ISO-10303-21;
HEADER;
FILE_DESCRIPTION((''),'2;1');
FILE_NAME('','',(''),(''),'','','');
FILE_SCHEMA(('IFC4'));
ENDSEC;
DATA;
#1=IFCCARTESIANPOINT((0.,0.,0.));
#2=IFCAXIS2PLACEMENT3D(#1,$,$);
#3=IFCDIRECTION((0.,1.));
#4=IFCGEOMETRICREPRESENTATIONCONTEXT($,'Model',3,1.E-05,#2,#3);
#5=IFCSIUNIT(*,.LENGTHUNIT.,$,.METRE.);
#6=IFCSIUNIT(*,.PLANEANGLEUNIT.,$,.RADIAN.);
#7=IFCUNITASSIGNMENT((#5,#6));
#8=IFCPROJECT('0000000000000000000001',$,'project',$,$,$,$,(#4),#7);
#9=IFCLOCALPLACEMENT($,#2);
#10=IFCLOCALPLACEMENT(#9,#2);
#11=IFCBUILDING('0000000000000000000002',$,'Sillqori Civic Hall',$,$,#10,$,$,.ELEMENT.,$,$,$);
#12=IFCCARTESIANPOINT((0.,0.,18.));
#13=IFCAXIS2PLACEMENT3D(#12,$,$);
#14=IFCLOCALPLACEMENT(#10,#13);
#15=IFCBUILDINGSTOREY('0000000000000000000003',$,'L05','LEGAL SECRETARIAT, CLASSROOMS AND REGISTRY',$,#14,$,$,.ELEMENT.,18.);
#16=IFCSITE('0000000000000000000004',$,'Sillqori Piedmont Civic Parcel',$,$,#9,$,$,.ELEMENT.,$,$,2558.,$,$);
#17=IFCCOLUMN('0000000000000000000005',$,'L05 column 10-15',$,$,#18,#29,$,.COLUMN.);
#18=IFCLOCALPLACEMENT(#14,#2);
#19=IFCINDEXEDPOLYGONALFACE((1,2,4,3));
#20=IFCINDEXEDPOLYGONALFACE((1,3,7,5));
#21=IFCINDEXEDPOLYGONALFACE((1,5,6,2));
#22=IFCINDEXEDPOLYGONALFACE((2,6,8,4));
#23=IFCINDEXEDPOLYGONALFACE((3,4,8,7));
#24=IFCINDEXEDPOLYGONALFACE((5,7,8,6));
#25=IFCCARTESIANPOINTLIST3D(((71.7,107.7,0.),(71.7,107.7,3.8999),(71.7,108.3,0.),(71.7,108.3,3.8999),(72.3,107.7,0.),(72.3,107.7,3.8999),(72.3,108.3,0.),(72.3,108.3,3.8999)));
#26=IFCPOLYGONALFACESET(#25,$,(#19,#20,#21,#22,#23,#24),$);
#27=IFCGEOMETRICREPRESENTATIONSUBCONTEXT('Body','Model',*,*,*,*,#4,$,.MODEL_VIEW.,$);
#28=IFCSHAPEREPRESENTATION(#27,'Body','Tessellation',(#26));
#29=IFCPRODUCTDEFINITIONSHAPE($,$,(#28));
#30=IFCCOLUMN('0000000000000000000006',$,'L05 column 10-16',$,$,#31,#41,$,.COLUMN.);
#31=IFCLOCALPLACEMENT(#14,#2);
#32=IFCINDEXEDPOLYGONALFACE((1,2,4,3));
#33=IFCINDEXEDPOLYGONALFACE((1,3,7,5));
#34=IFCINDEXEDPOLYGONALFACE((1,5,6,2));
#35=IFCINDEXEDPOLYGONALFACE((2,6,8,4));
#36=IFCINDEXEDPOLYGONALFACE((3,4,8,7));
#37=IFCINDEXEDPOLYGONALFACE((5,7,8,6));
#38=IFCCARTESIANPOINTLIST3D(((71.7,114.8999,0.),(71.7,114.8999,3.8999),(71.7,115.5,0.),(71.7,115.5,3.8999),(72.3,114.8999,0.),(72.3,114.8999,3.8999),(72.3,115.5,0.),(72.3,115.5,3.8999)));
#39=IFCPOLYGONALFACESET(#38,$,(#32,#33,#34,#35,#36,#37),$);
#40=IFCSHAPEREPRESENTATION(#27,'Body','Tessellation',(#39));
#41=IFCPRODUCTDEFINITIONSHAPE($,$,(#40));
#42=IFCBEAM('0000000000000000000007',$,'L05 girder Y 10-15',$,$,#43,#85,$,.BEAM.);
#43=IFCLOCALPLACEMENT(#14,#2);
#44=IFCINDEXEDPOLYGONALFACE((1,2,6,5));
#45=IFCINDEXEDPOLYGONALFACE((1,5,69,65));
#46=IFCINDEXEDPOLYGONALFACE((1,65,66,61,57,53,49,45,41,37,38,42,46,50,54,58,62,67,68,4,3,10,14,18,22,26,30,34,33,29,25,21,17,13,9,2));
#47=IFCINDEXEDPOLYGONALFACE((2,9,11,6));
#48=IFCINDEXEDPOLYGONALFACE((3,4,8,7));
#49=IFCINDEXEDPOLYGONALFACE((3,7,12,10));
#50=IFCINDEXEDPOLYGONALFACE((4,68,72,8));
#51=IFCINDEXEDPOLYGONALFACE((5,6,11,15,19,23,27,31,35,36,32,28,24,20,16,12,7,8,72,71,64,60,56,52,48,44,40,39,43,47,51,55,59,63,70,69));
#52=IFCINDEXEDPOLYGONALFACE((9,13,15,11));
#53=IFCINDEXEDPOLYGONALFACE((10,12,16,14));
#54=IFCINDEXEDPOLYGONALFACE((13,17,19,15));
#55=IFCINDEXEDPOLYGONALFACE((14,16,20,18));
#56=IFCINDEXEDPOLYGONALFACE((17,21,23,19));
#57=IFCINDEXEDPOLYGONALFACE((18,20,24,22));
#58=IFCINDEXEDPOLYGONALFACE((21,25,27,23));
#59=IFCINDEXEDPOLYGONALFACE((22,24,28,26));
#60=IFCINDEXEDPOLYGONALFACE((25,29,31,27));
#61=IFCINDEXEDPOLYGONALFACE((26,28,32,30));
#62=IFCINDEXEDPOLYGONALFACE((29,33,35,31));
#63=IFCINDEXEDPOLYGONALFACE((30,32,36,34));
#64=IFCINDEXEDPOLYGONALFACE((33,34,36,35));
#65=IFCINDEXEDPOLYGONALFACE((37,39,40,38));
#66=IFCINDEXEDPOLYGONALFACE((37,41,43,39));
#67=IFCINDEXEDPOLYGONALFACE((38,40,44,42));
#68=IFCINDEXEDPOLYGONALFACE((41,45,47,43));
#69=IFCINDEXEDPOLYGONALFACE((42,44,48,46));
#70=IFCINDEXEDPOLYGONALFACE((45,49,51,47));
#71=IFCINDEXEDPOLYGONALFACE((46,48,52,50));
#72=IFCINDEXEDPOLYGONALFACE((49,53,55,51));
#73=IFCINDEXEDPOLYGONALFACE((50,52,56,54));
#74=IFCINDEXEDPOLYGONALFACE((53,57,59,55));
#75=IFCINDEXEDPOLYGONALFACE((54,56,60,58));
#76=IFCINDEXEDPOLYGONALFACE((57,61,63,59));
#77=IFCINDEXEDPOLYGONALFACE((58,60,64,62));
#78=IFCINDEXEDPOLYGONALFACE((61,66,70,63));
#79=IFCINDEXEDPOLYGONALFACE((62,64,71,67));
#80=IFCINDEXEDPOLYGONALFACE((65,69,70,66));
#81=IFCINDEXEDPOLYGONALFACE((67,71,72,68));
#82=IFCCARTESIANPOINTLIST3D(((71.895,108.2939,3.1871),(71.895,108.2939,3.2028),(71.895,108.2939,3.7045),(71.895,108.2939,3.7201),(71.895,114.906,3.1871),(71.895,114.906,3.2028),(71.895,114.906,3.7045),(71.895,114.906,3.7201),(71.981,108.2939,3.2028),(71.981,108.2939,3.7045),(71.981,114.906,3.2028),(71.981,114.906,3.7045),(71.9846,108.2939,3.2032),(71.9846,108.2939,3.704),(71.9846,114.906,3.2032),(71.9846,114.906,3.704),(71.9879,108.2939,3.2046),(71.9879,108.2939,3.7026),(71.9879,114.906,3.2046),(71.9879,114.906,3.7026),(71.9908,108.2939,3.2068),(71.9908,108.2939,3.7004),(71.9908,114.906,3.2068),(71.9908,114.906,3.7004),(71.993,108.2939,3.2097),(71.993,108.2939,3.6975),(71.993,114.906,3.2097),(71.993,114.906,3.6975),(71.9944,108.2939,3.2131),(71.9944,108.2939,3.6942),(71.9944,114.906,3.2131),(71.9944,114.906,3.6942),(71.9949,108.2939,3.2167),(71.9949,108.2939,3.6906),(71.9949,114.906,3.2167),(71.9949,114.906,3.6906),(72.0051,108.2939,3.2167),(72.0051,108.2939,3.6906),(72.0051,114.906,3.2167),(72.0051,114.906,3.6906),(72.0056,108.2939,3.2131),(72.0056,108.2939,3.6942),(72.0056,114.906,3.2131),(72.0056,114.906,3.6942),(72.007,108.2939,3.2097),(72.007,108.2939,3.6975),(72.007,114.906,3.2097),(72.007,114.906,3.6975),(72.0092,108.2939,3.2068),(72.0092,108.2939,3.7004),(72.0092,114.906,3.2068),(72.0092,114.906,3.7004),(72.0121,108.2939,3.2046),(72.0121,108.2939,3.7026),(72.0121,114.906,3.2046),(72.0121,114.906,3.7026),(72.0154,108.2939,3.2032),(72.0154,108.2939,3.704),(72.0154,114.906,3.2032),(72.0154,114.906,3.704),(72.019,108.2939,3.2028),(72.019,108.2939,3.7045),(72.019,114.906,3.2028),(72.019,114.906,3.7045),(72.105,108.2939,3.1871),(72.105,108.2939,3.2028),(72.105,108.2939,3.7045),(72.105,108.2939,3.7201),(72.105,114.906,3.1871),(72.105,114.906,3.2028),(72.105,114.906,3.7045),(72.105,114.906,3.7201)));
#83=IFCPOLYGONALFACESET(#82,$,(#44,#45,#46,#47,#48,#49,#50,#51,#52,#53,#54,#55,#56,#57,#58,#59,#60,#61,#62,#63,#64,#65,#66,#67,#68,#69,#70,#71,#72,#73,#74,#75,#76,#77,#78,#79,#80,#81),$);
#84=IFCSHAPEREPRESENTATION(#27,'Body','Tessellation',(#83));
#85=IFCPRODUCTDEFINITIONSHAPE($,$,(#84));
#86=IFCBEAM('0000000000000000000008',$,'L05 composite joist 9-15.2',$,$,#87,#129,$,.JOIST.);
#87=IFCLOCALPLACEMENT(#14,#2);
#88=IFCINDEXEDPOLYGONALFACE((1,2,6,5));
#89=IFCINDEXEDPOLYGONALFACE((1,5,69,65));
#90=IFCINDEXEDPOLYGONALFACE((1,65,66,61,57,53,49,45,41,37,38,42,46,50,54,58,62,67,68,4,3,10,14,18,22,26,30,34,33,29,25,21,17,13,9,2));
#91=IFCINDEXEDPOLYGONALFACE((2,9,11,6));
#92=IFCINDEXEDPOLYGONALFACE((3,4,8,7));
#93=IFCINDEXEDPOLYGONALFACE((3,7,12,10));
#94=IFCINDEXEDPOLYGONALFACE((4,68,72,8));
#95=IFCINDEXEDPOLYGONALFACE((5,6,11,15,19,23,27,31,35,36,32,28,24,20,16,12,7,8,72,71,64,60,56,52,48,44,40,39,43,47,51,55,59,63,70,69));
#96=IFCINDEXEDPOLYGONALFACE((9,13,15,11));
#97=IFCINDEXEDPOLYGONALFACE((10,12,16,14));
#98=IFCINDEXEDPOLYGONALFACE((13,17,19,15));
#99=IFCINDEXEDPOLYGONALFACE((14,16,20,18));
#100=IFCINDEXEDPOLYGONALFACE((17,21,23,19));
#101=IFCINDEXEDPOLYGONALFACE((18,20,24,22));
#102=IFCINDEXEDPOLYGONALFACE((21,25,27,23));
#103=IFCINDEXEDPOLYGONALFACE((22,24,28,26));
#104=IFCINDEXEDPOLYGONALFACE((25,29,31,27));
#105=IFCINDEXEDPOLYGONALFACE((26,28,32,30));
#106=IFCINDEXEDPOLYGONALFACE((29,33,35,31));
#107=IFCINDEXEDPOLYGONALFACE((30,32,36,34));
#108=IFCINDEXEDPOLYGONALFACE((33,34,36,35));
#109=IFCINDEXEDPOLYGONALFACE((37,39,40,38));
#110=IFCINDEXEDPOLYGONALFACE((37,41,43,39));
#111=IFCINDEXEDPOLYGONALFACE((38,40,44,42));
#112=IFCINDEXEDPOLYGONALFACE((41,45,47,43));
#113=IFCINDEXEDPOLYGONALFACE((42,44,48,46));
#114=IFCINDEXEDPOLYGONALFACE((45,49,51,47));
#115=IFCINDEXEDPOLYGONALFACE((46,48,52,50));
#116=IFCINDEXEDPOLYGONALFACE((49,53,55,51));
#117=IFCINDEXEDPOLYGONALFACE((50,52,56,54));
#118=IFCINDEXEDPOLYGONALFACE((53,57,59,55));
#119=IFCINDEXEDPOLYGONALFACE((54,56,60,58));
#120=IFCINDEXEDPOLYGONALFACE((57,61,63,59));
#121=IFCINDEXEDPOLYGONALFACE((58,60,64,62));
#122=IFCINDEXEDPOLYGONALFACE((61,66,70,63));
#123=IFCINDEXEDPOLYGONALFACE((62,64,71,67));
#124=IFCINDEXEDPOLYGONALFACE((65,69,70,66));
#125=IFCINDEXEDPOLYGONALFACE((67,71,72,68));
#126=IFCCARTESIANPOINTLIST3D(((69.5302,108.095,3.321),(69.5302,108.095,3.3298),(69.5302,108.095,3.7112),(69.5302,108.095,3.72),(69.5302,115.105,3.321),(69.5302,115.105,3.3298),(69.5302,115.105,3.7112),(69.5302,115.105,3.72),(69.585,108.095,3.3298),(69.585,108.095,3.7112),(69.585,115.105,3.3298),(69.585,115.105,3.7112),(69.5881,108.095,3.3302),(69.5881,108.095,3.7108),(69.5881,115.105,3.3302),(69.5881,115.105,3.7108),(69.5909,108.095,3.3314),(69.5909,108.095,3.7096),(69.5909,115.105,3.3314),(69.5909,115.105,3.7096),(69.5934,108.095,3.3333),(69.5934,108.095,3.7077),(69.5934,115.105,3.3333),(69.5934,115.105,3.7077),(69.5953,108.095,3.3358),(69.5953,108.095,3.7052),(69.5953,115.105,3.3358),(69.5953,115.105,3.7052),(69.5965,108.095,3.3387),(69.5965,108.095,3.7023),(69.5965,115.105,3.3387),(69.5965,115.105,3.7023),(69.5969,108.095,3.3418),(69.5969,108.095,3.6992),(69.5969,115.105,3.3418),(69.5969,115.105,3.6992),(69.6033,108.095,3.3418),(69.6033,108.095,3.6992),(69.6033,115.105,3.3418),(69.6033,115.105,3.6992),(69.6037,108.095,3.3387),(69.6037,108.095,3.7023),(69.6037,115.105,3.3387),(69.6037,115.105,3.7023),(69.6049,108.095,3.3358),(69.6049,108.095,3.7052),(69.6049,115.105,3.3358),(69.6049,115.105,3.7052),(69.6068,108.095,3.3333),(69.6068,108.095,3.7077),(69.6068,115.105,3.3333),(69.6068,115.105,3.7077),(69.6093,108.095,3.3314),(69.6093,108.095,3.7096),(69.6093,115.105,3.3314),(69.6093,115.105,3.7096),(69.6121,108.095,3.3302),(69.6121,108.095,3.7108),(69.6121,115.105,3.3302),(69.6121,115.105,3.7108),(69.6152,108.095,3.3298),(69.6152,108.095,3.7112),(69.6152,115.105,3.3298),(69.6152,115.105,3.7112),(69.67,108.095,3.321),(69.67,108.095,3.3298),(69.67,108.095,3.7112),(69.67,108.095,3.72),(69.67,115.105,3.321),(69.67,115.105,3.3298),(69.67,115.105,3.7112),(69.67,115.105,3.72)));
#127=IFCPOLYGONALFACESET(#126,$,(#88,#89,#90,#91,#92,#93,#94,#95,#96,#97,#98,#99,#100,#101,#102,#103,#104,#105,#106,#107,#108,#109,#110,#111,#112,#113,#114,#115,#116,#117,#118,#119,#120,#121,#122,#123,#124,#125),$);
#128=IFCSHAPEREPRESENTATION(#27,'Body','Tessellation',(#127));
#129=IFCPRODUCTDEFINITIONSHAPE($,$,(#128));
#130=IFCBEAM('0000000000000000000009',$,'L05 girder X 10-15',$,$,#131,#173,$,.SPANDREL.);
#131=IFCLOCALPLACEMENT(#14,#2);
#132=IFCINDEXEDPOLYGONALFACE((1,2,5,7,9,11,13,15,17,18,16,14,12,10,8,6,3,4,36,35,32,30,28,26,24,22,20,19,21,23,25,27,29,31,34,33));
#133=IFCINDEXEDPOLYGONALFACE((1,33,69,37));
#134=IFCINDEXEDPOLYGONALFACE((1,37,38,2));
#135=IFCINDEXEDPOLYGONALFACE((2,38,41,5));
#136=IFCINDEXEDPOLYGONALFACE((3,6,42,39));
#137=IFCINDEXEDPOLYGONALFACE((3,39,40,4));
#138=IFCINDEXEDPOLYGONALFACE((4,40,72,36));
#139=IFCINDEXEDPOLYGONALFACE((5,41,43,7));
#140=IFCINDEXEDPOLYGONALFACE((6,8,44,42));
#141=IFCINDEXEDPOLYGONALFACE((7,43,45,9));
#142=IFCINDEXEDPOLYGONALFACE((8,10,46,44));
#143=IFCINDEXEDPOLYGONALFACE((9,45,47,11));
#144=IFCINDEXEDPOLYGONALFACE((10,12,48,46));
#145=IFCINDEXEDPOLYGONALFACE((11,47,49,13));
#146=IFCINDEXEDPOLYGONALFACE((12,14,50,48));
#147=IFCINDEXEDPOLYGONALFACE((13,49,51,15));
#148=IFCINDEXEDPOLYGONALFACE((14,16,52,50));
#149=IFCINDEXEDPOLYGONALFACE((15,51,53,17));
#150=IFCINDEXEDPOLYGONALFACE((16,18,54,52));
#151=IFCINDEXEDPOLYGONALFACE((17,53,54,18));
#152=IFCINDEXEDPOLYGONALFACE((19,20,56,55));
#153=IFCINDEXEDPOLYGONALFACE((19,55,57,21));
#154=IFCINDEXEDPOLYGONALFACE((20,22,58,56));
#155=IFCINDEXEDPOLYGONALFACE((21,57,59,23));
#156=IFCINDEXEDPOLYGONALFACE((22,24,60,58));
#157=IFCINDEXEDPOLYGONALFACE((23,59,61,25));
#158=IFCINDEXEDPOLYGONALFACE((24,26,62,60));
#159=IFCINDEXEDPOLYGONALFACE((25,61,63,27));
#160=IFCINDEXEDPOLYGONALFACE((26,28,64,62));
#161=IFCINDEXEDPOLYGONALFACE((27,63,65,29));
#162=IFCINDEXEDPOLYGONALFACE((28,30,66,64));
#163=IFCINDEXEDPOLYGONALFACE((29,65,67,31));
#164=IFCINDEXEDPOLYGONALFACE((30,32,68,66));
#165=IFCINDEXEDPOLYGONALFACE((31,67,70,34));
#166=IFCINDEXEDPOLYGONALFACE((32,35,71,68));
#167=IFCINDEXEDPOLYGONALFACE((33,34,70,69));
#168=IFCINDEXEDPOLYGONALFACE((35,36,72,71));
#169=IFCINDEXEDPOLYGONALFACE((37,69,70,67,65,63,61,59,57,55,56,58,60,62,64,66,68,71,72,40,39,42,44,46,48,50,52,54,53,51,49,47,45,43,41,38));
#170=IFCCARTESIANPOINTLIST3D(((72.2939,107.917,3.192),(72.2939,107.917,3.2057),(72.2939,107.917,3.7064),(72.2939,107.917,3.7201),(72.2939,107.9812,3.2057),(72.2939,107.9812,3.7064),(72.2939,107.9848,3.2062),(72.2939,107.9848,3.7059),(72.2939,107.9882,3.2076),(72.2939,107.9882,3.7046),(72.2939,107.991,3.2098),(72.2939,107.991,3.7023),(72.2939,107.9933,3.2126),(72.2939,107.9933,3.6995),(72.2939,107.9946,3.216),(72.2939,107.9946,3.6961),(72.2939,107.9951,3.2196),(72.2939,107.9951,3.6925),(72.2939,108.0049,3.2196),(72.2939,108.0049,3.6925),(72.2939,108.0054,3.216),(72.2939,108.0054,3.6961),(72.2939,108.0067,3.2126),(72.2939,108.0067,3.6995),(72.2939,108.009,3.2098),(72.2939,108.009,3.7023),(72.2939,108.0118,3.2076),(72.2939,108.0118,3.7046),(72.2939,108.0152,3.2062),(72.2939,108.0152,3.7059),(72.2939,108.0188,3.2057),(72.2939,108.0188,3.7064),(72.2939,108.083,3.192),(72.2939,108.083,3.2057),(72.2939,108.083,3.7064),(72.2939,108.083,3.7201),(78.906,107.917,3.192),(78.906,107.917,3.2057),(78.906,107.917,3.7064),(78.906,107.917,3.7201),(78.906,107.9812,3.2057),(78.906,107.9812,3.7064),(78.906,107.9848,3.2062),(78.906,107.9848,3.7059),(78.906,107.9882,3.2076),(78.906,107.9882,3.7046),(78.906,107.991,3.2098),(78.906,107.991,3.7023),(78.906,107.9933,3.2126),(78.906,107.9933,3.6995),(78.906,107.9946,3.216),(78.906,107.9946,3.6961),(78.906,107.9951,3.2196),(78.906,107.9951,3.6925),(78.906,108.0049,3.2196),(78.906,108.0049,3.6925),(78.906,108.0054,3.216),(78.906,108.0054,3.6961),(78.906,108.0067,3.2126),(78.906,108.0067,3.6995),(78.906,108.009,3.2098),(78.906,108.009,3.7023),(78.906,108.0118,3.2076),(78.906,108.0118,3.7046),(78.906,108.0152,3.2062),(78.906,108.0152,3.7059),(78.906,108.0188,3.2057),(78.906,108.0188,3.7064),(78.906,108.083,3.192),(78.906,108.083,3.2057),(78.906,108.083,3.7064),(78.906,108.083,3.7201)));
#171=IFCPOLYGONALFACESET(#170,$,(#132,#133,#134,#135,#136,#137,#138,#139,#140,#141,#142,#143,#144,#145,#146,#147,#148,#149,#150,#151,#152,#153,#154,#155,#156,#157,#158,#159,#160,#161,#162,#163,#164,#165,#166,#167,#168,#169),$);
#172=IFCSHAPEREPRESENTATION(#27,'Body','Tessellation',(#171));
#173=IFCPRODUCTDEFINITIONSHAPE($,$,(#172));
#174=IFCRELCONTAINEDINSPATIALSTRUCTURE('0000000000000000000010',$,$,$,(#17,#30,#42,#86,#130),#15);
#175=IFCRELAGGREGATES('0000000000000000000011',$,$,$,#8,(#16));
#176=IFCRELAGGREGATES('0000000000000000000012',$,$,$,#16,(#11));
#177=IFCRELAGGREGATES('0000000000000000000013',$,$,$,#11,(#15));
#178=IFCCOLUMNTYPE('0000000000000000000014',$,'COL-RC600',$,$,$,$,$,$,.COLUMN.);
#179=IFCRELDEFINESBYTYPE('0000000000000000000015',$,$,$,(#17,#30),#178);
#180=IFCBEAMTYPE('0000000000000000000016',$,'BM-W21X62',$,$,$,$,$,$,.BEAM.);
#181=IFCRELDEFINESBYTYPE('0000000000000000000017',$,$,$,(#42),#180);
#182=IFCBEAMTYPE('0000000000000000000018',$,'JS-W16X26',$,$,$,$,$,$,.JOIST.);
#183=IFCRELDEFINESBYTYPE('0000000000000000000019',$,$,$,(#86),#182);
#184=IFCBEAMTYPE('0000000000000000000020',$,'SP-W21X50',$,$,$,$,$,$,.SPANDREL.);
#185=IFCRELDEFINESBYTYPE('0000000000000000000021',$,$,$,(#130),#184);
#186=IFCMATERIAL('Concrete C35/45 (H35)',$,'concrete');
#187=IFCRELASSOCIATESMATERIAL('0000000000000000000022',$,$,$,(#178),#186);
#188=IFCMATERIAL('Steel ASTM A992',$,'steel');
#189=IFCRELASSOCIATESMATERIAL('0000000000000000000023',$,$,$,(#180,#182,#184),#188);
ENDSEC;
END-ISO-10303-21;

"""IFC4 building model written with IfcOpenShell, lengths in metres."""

from ifc_helpers import new_model, si_unit, direction, frame, origin, origin_2d, place, context, subcontext, project, spatial, rectangle, i_section, extrude, material, material_profile, profile_set, type_object, element, save


model = new_model("IFC4")

# Units and contexts
model_context = context("Model", 3, precision=1e-05, world=origin(), true_north=direction((0.0, 1.0)))
body_context = subcontext(model_context, "Body", "Model", "MODEL_VIEW")
ifc_project = project(units=[si_unit("LENGTHUNIT", "METRE"), si_unit("PLANEANGLEUNIT", "RADIAN")], contexts=[model_context])

# Site, building, storey
site_placement = place(None, origin())
site = spatial("IfcSite", under=ifc_project, at=site_placement, Name="Sillqori Piedmont Civic Parcel", CompositionType="ELEMENT", RefElevation=2558.0)
building_placement = place(site_placement, origin())
building = spatial("IfcBuilding", under=site, at=building_placement, Name="Sillqori Civic Hall", CompositionType="ELEMENT")
storey_placement = place(building_placement, frame((0.0, 0.0, 18.0)))
storey = spatial("IfcBuildingStorey", under=building, at=storey_placement, Name="L05", Description="LEGAL SECRETARIAT, CLASSROOMS AND REGISTRY", CompositionType="ELEMENT", Elevation=18.0)

# Columns
ifc_material_1 = material(Name="Concrete C35/45 (H35)", Category="concrete")
ifc_material_profile_1 = material_profile(ifc_material_1, rectangle(XDim=0.6001, YDim=0.6001, at=origin_2d()), Name="RC 600x600")
ifc_profile_set_1 = profile_set([ifc_material_profile_1], Name="Concrete C35/45 (H35)")
column_type = type_object("IfcColumnType", Name="COL-RC600", PredefinedType="COLUMN", material=ifc_profile_set_1)
for number, where, z_axis, x_axis, name in (
    (1, (72.0, 108.0, 0.0), (0.0, 0.0, 1.0), (1.0, 0.0, 0.0), "L05 column 10-15"),
    (2, (72.0, 115.2, 0.0), (0.0, 0.0, 1.0), (1.0, 0.0, 0.0), "L05 column 10-16"),
):
    element("IfcColumn", number, at=place(storey_placement, frame(where, z_axis=z_axis, x_axis=x_axis)), inside=storey, type_object=column_type, Name=name, PredefinedType="COLUMN", context=body_context, shape_type="SweptSolid", body=[
        extrude(rectangle(XDim=0.6001, YDim=0.6001, at=origin_2d()), origin(), (0.0, 0.0, 1.0), 3.8999),
    ])

# Beam
ifc_material_2 = material(Name="Steel ASTM A992", Category="steel")
ifc_material_profile_2 = material_profile(ifc_material_2, i_section(OverallWidth=0.21, OverallDepth=0.533, WebThickness=0.0103, FlangeThickness=0.0156, FilletRadius=0.0139, at=origin_2d()), Name="W21X62")
ifc_profile_set_2 = profile_set([ifc_material_profile_2], Name="Steel ASTM A992")
beam_type_1 = type_object("IfcBeamType", Name="BM-W21X62", PredefinedType="BEAM", material=ifc_profile_set_2)
beam_1_placement = place(storey_placement, frame((72.0, 108.2939, 3.4536), z_axis=(0.0, 1.0, 0.0), x_axis=(-1.0, 0.0, 0.0)))
element("IfcBeam", 3, at=beam_1_placement, inside=storey, type_object=beam_type_1, Name="L05 girder Y 10-15", PredefinedType="BEAM", context=body_context, shape_type="SweptSolid", body=[
    extrude(i_section(OverallWidth=0.21, OverallDepth=0.533, WebThickness=0.0103, FlangeThickness=0.0156, FilletRadius=0.0139, at=origin_2d()), origin(), (0.0, 0.0, 1.0), 6.6121),
])

# Beams
ifc_material_profile_3 = material_profile(ifc_material_2, i_section(OverallWidth=0.1399, OverallDepth=0.3989, WebThickness=0.0063, FlangeThickness=0.0088, FilletRadius=0.012, at=origin_2d()), Name="W16X26")
ifc_profile_set_3 = profile_set([ifc_material_profile_3], Name="Steel ASTM A992")
beam_type_2 = type_object("IfcBeamType", Name="JS-W16X26", PredefinedType="JOIST", material=ifc_profile_set_3)
beam_2_placement = place(storey_placement, frame((69.6001, 108.095, 3.5205), z_axis=(0.0, 1.0, 0.0), x_axis=(-1.0, 0.0, 0.0)))
element("IfcBeam", 4, at=beam_2_placement, inside=storey, type_object=beam_type_2, Name="L05 composite joist 9-15.2", PredefinedType="JOIST", context=body_context, shape_type="SweptSolid", body=[
    extrude(i_section(OverallWidth=0.1399, OverallDepth=0.3989, WebThickness=0.0063, FlangeThickness=0.0088, FilletRadius=0.012, at=origin_2d()), origin(), (0.0, 0.0, 1.0), 7.01),
])
ifc_material_profile_4 = material_profile(ifc_material_2, i_section(OverallWidth=0.166, OverallDepth=0.5281, WebThickness=0.0098, FlangeThickness=0.0137, FilletRadius=0.0139, at=origin_2d()), Name="W21X50")
ifc_profile_set_4 = profile_set([ifc_material_profile_4], Name="Steel ASTM A992")
beam_type_3 = type_object("IfcBeamType", Name="SP-W21X50", PredefinedType="SPANDREL", material=ifc_profile_set_4)
for number, where, z_axis, x_axis, name in (
    (5, (72.2939, 108.0, 3.4561), (1.0, 0.0, 0.0), (0.0, 1.0, 0.0), "L05 girder X 10-15"),
):
    element("IfcBeam", number, at=place(storey_placement, frame(where, z_axis=z_axis, x_axis=x_axis)), inside=storey, type_object=beam_type_3, Name=name, PredefinedType="SPANDREL", context=body_context, shape_type="SweptSolid", body=[
        extrude(i_section(OverallWidth=0.166, OverallDepth=0.5281, WebThickness=0.0098, FlangeThickness=0.0137, FilletRadius=0.0139, at=origin_2d()), origin(), (0.0, 0.0, 1.0), 6.6121),
    ])

save(model, "model.ifc")
